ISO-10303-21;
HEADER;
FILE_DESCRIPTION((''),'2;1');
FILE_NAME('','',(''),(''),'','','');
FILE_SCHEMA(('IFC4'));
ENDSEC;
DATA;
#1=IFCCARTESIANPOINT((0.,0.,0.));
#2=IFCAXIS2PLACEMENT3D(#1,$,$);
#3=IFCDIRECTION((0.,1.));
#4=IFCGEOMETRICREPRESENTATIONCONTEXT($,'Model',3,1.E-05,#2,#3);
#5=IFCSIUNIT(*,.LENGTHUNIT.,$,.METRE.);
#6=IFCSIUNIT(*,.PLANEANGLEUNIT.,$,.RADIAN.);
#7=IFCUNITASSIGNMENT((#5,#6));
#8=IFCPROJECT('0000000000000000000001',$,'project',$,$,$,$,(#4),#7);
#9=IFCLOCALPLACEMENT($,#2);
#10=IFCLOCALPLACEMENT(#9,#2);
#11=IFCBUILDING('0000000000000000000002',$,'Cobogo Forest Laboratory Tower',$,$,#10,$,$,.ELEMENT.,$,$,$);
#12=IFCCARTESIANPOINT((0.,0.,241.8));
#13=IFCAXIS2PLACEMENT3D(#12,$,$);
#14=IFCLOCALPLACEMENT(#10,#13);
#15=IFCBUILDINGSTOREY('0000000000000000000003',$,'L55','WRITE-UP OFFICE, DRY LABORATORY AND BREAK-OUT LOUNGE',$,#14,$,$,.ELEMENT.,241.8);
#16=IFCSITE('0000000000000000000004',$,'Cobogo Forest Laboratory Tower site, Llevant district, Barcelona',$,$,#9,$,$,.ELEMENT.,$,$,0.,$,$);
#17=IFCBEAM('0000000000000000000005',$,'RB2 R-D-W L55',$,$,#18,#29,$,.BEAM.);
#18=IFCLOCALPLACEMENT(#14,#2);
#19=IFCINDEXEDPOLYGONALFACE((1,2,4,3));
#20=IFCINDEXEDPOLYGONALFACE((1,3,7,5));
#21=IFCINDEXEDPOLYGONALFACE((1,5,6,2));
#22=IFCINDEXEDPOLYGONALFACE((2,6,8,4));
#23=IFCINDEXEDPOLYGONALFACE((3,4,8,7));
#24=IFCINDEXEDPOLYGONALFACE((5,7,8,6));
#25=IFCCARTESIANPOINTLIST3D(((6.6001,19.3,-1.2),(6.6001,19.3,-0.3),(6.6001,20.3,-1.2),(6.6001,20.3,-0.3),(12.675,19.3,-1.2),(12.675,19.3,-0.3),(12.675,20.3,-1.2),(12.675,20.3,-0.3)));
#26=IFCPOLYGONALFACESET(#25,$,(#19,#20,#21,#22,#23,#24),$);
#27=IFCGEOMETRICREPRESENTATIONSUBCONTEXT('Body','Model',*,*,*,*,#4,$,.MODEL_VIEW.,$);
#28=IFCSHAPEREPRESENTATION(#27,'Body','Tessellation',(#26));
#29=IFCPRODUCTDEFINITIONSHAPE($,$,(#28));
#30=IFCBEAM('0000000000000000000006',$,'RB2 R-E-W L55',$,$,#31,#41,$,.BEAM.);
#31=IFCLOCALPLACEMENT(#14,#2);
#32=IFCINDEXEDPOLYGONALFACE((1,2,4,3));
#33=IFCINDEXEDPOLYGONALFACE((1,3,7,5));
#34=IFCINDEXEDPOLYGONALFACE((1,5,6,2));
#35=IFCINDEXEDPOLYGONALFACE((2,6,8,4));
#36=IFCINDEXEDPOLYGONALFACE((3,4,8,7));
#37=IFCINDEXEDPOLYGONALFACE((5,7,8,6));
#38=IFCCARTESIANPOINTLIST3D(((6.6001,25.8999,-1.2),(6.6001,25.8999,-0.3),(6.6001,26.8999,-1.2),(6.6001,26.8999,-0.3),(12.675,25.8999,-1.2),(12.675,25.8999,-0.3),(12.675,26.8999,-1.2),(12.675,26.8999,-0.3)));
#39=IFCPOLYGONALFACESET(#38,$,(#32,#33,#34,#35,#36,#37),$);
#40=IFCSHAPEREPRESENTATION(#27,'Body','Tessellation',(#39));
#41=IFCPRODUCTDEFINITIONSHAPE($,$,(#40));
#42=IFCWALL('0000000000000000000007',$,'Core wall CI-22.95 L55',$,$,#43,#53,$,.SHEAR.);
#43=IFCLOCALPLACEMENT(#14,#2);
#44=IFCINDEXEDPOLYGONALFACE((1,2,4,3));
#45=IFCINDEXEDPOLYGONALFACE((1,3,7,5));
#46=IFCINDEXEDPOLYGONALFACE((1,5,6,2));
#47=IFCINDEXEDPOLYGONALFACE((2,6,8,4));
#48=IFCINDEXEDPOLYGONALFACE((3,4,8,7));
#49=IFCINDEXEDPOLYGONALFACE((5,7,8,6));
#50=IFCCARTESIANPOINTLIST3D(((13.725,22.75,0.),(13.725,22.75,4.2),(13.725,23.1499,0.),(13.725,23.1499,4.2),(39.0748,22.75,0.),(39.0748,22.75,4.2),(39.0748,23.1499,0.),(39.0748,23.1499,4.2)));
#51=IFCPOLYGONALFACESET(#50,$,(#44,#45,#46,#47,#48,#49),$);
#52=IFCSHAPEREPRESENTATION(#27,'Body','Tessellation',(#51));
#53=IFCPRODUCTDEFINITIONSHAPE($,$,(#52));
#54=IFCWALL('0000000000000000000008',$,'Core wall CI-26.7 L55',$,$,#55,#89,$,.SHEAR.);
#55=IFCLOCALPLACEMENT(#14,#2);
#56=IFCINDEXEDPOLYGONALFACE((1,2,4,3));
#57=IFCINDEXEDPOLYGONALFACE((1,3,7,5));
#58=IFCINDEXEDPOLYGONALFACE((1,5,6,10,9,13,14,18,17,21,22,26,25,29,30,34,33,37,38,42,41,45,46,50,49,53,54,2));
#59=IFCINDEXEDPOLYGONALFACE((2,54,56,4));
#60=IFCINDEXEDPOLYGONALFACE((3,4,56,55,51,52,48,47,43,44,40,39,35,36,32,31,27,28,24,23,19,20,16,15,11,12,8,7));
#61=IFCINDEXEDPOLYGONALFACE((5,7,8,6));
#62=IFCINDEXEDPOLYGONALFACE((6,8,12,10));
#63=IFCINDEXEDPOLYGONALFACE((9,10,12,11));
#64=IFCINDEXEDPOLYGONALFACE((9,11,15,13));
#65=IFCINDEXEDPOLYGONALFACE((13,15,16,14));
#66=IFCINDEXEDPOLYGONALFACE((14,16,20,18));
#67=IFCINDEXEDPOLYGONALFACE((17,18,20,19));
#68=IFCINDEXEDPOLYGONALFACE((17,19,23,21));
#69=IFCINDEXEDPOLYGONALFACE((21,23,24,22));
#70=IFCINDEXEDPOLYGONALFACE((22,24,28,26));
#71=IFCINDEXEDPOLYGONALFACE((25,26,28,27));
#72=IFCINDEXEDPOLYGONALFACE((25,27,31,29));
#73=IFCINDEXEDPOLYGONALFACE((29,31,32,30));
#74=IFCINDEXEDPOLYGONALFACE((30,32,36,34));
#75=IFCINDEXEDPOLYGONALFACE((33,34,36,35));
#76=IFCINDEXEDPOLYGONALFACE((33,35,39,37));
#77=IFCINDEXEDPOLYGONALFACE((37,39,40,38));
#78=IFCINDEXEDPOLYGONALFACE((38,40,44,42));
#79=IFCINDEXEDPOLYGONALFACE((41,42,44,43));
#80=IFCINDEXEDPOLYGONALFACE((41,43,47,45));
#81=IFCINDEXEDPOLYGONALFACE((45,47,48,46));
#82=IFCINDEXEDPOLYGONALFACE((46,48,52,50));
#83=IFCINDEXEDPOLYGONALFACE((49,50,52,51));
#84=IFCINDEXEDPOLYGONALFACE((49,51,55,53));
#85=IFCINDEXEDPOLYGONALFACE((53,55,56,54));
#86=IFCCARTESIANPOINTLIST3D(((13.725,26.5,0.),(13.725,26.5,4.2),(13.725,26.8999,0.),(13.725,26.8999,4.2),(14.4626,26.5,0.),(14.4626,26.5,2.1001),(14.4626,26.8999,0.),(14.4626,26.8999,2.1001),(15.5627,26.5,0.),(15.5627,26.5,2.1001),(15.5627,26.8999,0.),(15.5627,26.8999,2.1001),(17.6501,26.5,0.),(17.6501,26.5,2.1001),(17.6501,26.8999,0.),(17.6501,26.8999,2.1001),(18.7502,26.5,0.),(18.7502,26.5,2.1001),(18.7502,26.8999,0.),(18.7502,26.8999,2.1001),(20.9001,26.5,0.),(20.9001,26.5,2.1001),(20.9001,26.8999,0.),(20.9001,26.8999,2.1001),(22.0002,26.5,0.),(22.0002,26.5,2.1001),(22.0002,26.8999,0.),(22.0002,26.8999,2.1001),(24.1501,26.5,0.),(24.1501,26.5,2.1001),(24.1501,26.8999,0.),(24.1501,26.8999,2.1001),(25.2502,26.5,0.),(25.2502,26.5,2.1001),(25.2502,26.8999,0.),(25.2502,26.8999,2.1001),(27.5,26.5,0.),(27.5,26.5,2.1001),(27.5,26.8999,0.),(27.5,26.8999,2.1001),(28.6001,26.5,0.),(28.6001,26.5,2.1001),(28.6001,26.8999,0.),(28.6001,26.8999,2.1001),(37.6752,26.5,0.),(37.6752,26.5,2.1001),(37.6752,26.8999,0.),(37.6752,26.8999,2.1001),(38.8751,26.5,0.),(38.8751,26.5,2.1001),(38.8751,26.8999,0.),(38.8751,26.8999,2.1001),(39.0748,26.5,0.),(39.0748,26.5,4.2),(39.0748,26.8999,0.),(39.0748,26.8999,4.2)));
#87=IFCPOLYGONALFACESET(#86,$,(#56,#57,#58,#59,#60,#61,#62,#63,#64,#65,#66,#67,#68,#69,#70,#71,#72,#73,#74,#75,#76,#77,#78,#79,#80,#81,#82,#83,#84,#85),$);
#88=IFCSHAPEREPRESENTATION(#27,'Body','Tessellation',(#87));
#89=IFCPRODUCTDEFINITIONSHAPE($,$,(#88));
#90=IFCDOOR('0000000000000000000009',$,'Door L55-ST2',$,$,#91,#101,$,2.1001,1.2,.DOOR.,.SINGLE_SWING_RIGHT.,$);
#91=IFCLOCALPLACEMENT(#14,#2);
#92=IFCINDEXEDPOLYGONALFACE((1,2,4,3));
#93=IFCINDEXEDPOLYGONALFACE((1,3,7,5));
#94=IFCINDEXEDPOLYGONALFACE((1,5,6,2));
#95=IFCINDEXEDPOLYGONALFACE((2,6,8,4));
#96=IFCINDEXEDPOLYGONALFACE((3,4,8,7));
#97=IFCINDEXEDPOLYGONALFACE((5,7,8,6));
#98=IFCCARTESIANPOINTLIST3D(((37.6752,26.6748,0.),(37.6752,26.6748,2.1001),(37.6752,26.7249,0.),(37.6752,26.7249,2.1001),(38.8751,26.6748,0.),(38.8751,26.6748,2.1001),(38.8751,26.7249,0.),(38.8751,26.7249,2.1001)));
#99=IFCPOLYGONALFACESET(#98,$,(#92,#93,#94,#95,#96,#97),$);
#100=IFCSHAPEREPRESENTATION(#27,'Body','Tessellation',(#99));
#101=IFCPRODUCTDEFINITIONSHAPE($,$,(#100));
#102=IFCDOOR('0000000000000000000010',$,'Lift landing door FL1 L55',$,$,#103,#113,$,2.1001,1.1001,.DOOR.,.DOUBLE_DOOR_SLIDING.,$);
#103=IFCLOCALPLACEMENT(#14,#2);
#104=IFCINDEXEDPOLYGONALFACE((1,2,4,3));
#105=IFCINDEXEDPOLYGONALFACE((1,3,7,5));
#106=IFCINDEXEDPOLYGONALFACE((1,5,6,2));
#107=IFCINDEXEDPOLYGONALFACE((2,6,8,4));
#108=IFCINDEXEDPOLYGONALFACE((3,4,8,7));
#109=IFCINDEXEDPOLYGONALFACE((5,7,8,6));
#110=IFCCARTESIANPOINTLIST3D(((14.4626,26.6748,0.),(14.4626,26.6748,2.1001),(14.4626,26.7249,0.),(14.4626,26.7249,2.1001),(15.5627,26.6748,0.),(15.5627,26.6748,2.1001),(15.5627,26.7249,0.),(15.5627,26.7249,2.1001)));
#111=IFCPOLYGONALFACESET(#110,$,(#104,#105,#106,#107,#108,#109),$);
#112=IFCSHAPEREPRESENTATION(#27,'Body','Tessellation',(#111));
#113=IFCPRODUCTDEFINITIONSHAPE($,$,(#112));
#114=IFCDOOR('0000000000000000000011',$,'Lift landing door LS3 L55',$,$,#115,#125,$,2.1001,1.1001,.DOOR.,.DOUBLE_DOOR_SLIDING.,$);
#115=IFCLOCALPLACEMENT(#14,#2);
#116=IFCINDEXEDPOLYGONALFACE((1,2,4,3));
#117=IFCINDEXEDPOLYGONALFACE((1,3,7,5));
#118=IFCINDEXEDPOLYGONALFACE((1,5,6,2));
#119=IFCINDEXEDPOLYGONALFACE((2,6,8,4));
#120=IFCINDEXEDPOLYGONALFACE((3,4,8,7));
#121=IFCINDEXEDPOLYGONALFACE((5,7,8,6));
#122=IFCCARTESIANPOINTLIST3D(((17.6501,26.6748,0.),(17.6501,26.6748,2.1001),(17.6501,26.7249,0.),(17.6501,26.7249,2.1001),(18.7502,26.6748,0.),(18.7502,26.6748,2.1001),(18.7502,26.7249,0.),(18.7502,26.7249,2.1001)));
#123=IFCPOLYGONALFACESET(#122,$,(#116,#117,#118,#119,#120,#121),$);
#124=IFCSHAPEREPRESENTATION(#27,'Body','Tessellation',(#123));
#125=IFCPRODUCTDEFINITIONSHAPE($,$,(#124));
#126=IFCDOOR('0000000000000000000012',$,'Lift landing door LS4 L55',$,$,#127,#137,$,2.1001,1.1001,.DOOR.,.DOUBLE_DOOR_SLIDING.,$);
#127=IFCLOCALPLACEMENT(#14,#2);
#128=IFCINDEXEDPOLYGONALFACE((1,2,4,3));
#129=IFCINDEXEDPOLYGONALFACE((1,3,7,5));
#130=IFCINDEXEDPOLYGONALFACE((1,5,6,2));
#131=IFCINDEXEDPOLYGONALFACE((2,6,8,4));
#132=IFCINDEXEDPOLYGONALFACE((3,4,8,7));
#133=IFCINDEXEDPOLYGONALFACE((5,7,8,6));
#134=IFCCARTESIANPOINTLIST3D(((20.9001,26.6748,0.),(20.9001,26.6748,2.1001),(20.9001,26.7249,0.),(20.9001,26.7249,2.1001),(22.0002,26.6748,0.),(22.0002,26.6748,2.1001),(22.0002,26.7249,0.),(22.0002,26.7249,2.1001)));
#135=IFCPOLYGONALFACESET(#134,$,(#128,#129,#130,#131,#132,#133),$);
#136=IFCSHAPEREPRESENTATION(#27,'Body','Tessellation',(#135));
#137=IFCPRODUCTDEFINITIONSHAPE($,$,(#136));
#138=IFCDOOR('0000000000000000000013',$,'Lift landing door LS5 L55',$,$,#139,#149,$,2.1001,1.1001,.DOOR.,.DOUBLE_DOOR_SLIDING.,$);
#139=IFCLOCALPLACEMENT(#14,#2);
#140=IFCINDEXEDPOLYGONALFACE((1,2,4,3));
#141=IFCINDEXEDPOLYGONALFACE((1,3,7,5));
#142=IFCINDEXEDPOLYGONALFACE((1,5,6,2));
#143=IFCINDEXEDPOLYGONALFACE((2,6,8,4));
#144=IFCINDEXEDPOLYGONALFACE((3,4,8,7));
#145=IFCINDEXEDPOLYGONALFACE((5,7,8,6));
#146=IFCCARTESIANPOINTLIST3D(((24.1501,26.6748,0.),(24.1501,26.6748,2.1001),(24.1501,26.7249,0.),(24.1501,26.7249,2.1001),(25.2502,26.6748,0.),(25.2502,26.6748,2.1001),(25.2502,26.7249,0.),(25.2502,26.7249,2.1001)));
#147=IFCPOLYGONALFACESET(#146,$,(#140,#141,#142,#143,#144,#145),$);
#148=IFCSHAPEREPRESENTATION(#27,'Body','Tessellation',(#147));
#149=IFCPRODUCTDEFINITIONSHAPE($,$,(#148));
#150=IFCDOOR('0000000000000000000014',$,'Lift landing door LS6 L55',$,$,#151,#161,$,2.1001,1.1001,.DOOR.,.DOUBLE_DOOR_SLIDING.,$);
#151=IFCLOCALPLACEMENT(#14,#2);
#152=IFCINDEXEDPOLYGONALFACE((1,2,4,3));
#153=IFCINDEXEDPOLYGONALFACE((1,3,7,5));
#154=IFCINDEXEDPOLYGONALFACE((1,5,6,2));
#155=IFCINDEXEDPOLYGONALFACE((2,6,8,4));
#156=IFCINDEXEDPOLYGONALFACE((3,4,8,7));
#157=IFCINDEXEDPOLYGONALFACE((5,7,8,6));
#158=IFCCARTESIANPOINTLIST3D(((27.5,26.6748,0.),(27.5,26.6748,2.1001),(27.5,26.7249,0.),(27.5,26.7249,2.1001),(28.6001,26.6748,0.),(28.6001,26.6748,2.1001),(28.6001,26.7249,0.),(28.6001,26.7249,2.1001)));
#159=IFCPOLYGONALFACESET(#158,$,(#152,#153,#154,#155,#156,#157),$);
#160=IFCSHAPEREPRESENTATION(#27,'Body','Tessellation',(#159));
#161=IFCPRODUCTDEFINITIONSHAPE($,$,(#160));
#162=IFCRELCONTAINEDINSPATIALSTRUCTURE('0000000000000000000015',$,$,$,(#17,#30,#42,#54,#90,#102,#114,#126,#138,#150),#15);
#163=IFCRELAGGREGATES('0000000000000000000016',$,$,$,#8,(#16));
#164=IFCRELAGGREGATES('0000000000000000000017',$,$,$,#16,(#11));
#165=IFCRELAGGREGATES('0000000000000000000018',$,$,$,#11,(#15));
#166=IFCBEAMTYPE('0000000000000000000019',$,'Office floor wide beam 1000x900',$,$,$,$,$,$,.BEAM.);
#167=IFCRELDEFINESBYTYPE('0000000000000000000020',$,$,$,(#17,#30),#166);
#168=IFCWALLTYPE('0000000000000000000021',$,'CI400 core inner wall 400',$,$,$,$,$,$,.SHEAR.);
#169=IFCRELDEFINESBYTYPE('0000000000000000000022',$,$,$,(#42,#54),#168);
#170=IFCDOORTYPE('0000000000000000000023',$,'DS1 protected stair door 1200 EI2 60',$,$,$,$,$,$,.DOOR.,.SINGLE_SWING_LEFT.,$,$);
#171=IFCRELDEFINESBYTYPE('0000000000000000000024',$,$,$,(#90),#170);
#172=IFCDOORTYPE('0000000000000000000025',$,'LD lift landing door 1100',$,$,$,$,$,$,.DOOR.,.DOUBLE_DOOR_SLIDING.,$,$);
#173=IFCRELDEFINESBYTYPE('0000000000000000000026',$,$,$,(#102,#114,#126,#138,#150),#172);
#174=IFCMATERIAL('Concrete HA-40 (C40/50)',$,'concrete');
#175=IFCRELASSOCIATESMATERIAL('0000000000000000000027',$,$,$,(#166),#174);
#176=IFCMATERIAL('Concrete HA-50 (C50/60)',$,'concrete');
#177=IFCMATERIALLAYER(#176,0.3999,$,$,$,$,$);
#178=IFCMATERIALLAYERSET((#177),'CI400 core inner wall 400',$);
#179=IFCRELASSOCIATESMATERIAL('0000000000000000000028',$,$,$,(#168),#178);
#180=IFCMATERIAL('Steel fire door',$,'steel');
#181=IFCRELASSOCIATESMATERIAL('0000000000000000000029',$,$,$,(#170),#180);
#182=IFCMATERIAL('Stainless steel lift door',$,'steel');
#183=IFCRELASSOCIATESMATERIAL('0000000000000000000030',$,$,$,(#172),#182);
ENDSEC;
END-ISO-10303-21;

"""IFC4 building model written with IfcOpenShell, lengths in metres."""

from ifc_helpers import new_model, si_unit, direction, frame, frame_2d, origin, origin_2d, place, context, subcontext, project, spatial, rectangle, extrude, material, layer, layer_set, material_profile, profile_set, type_object, element, fill, save


model = new_model("IFC4")

# Units and contexts
model_context = context("Model", 3, precision=1e-05, world=origin(), true_north=direction((0.0, 1.0)))
body_context = subcontext(model_context, "Body", "Model", "MODEL_VIEW")
ifc_project = project(units=[si_unit("LENGTHUNIT", "METRE"), si_unit("PLANEANGLEUNIT", "RADIAN")], contexts=[model_context])

# Site, building, storey
site_placement = place(None, origin())
site = spatial("IfcSite", under=ifc_project, at=site_placement, Name="Cobogo Forest Laboratory Tower site, Llevant district, Barcelona", CompositionType="ELEMENT", RefElevation=0.0)
building_placement = place(site_placement, origin())
building = spatial("IfcBuilding", under=site, at=building_placement, Name="Cobogo Forest Laboratory Tower", CompositionType="ELEMENT")
storey_placement = place(building_placement, frame((0.0, 0.0, 241.8)))
storey = spatial("IfcBuildingStorey", under=building, at=storey_placement, Name="L55", Description="WRITE-UP OFFICE, DRY LABORATORY AND BREAK-OUT LOUNGE", CompositionType="ELEMENT", Elevation=241.8)

# Beams
ifc_material_1 = material(Name="Concrete HA-40 (C40/50)", Category="concrete")
ifc_material_profile = material_profile(ifc_material_1, rectangle(XDim=1.0, YDim=0.8999, at=origin_2d()), Name="RC 1000x900")
ifc_profile_set = profile_set([ifc_material_profile], Name="Concrete HA-40 (C40/50)")
beam_type = type_object("IfcBeamType", Name="Office floor wide beam 1000x900", PredefinedType="BEAM", material=ifc_profile_set)
for number, where, z_axis, x_axis, name in (
    (1, (12.675, 19.8, -0.75), (-1.0, 0.0, 0.0), (0.0, -1.0, 0.0), "RB2 R-D-W L55"),
    (2, (12.675, 26.3999, -0.75), (-1.0, 0.0, 0.0), (0.0, -1.0, 0.0), "RB2 R-E-W L55"),
):
    element("IfcBeam", number, at=place(storey_placement, frame(where, z_axis=z_axis, x_axis=x_axis)), inside=storey, type_object=beam_type, Name=name, PredefinedType="BEAM", context=body_context, shape_type="SweptSolid", body=[
        extrude(rectangle(XDim=1.0, YDim=0.8999, at=origin_2d()), origin(), (0.0, 0.0, 1.0), 6.075),
    ])

# Wall
ifc_material_2 = material(Name="Concrete HA-50 (C50/60)", Category="concrete")
ifc_layer_1 = layer(ifc_material_2, 0.3999)
ifc_layer_set_1 = layer_set([ifc_layer_1], Name="CI400 core inner wall 400")
wall_type_1 = type_object("IfcWallType", Name="CI400 core inner wall 400", PredefinedType="SHEAR", material=ifc_layer_set_1)
wall_1_placement = place(storey_placement, frame((13.7251, 22.95, 0.0), z_axis=(0.0, 0.0, 1.0), x_axis=(1.0, 0.0, 0.0)))
element("IfcWall", 3, at=wall_1_placement, inside=storey, type_object=wall_type_1, Name="Core wall CI-22.95 L55", PredefinedType="SHEAR", context=body_context, shape_type="SweptSolid", body=[
    extrude(rectangle(XDim=25.3499, YDim=0.3999, at=frame_2d((12.6748, 0.0))), origin(), (0.0, 0.0, 1.0), 4.2),
])

# Wall, openings, doors
wall_2_placement = place(storey_placement, frame((13.7251, 26.7, 0.0), z_axis=(0.0, 0.0, 1.0), x_axis=(1.0, 0.0, 0.0)))
wall_2 = element("IfcWall", 4, at=wall_2_placement, inside=storey, type_object=wall_type_1, Name="Core wall CI-26.7 L55", PredefinedType="SHEAR", context=body_context, shape_type="SweptSolid", body=[
    extrude(rectangle(XDim=25.3499, YDim=0.3999, at=frame_2d((12.6748, 0.0))), origin(), (0.0, 0.0, 1.0), 4.2),
])
opening_1_placement = place(wall_2_placement, frame((23.95, 0.0, 0.0)))
opening_1 = element("IfcOpeningElement", 5, at=opening_1_placement, cuts=wall_2, PredefinedType="OPENING", context=body_context, shape_type="SweptSolid", body=[
    extrude(rectangle(XDim=1.2, YDim=2.1001, at=frame_2d((0.6001, 1.05))), frame((0.0, 0.21, 0.0), z_axis=(0.0, -1.0, 0.0), x_axis=(1.0, 0.0, 0.0)), (0.0, 0.0, 1.0), 0.4199),
])
opening_2_placement = place(wall_2_placement, frame((0.7375, 0.0, 0.0)))
opening_2 = element("IfcOpeningElement", 6, at=opening_2_placement, cuts=wall_2, PredefinedType="OPENING", context=body_context, shape_type="SweptSolid", body=[
    extrude(rectangle(XDim=1.1001, YDim=2.1001, at=frame_2d((0.55, 1.05))), frame((0.0, 0.21, 0.0), z_axis=(0.0, -1.0, 0.0), x_axis=(1.0, 0.0, 0.0)), (0.0, 0.0, 1.0), 0.4199),
])
opening_3_placement = place(wall_2_placement, frame((3.925, 0.0, 0.0)))
opening_3 = element("IfcOpeningElement", 7, at=opening_3_placement, cuts=wall_2, PredefinedType="OPENING", context=body_context, shape_type="SweptSolid", body=[
    extrude(rectangle(XDim=1.1001, YDim=2.1001, at=frame_2d((0.55, 1.05))), frame((0.0, 0.21, 0.0), z_axis=(0.0, -1.0, 0.0), x_axis=(1.0, 0.0, 0.0)), (0.0, 0.0, 1.0), 0.4199),
])
opening_4_placement = place(wall_2_placement, frame((7.175, 0.0, 0.0)))
opening_4 = element("IfcOpeningElement", 8, at=opening_4_placement, cuts=wall_2, PredefinedType="OPENING", context=body_context, shape_type="SweptSolid", body=[
    extrude(rectangle(XDim=1.1001, YDim=2.1001, at=frame_2d((0.55, 1.05))), frame((0.0, 0.21, 0.0), z_axis=(0.0, -1.0, 0.0), x_axis=(1.0, 0.0, 0.0)), (0.0, 0.0, 1.0), 0.4199),
])
opening_5_placement = place(wall_2_placement, frame((10.425, 0.0, 0.0)))
opening_5 = element("IfcOpeningElement", 9, at=opening_5_placement, cuts=wall_2, PredefinedType="OPENING", context=body_context, shape_type="SweptSolid", body=[
    extrude(rectangle(XDim=1.1001, YDim=2.1001, at=frame_2d((0.55, 1.05))), frame((0.0, 0.21, 0.0), z_axis=(0.0, -1.0, 0.0), x_axis=(1.0, 0.0, 0.0)), (0.0, 0.0, 1.0), 0.4199),
])
opening_6_placement = place(wall_2_placement, frame((13.7749, 0.0, 0.0)))
opening_6 = element("IfcOpeningElement", 10, at=opening_6_placement, cuts=wall_2, PredefinedType="OPENING", context=body_context, shape_type="SweptSolid", body=[
    extrude(rectangle(XDim=1.1001, YDim=2.1001, at=frame_2d((0.55, 1.05))), frame((0.0, 0.21, 0.0), z_axis=(0.0, -1.0, 0.0), x_axis=(1.0, 0.0, 0.0)), (0.0, 0.0, 1.0), 0.4199),
])
ifc_material_3 = material(Name="Steel fire door", Category="steel")
door_type_1 = type_object("IfcDoorType", Name="DS1 protected stair door 1200 EI2 60", OperationType="SINGLE_SWING_LEFT", PredefinedType="DOOR", material=ifc_material_3)
door_1_placement = place(opening_1_placement, origin())
door_1 = element("IfcDoor", 11, at=door_1_placement, inside=storey, type_object=door_type_1, Name="Door L55-ST2", OperationType="SINGLE_SWING_RIGHT", OverallHeight=2.1001, OverallWidth=1.2, PredefinedType="DOOR", context=body_context, shape_type="SweptSolid", body=[
    extrude(rectangle(XDim=1.2, YDim=2.1001, at=frame_2d((0.6001, 1.05))), frame((0.0, 0.0249, 0.0), z_axis=(0.0, -1.0, 0.0), x_axis=(1.0, 0.0, 0.0)), (0.0, 0.0, 1.0), 0.05),
])
fill(opening_1, door_1)
ifc_material_4 = material(Name="Stainless steel lift door", Category="steel")
door_type_2 = type_object("IfcDoorType", Name="LD lift landing door 1100", OperationType="DOUBLE_DOOR_SLIDING", PredefinedType="DOOR", material=ifc_material_4)
door_2_placement = place(opening_2_placement, origin())
door_2 = element("IfcDoor", 12, at=door_2_placement, inside=storey, type_object=door_type_2, Name="Lift landing door FL1 L55", OperationType="DOUBLE_DOOR_SLIDING", OverallHeight=2.1001, OverallWidth=1.1001, PredefinedType="DOOR", context=body_context, shape_type="SweptSolid", body=[
    extrude(rectangle(XDim=1.1001, YDim=2.1001, at=frame_2d((0.55, 1.05))), frame((0.0, 0.0249, 0.0), z_axis=(0.0, -1.0, 0.0), x_axis=(1.0, 0.0, 0.0)), (0.0, 0.0, 1.0), 0.05),
])
fill(opening_2, door_2)
door_3_placement = place(opening_3_placement, origin())
door_3 = element("IfcDoor", 13, at=door_3_placement, inside=storey, type_object=door_type_2, Name="Lift landing door LS3 L55", OperationType="DOUBLE_DOOR_SLIDING", OverallHeight=2.1001, OverallWidth=1.1001, PredefinedType="DOOR", context=body_context, shape_type="SweptSolid", body=[
    extrude(rectangle(XDim=1.1001, YDim=2.1001, at=frame_2d((0.55, 1.05))), frame((0.0, 0.0249, 0.0), z_axis=(0.0, -1.0, 0.0), x_axis=(1.0, 0.0, 0.0)), (0.0, 0.0, 1.0), 0.05),
])
fill(opening_3, door_3)
door_4_placement = place(opening_4_placement, origin())
door_4 = element("IfcDoor", 14, at=door_4_placement, inside=storey, type_object=door_type_2, Name="Lift landing door LS4 L55", OperationType="DOUBLE_DOOR_SLIDING", OverallHeight=2.1001, OverallWidth=1.1001, PredefinedType="DOOR", context=body_context, shape_type="SweptSolid", body=[
    extrude(rectangle(XDim=1.1001, YDim=2.1001, at=frame_2d((0.55, 1.05))), frame((0.0, 0.0249, 0.0), z_axis=(0.0, -1.0, 0.0), x_axis=(1.0, 0.0, 0.0)), (0.0, 0.0, 1.0), 0.05),
])
fill(opening_4, door_4)
door_5_placement = place(opening_5_placement, origin())
door_5 = element("IfcDoor", 15, at=door_5_placement, inside=storey, type_object=door_type_2, Name="Lift landing door LS5 L55", OperationType="DOUBLE_DOOR_SLIDING", OverallHeight=2.1001, OverallWidth=1.1001, PredefinedType="DOOR", context=body_context, shape_type="SweptSolid", body=[
    extrude(rectangle(XDim=1.1001, YDim=2.1001, at=frame_2d((0.55, 1.05))), frame((0.0, 0.0249, 0.0), z_axis=(0.0, -1.0, 0.0), x_axis=(1.0, 0.0, 0.0)), (0.0, 0.0, 1.0), 0.05),
])
fill(opening_5, door_5)
door_6_placement = place(opening_6_placement, origin())
door_6 = element("IfcDoor", 16, at=door_6_placement, inside=storey, type_object=door_type_2, Name="Lift landing door LS6 L55", OperationType="DOUBLE_DOOR_SLIDING", OverallHeight=2.1001, OverallWidth=1.1001, PredefinedType="DOOR", context=body_context, shape_type="SweptSolid", body=[
    extrude(rectangle(XDim=1.1001, YDim=2.1001, at=frame_2d((0.55, 1.05))), frame((0.0, 0.0249, 0.0), z_axis=(0.0, -1.0, 0.0), x_axis=(1.0, 0.0, 0.0)), (0.0, 0.0, 1.0), 0.05),
])
fill(opening_6, door_6)

save(model, "model.ifc")
